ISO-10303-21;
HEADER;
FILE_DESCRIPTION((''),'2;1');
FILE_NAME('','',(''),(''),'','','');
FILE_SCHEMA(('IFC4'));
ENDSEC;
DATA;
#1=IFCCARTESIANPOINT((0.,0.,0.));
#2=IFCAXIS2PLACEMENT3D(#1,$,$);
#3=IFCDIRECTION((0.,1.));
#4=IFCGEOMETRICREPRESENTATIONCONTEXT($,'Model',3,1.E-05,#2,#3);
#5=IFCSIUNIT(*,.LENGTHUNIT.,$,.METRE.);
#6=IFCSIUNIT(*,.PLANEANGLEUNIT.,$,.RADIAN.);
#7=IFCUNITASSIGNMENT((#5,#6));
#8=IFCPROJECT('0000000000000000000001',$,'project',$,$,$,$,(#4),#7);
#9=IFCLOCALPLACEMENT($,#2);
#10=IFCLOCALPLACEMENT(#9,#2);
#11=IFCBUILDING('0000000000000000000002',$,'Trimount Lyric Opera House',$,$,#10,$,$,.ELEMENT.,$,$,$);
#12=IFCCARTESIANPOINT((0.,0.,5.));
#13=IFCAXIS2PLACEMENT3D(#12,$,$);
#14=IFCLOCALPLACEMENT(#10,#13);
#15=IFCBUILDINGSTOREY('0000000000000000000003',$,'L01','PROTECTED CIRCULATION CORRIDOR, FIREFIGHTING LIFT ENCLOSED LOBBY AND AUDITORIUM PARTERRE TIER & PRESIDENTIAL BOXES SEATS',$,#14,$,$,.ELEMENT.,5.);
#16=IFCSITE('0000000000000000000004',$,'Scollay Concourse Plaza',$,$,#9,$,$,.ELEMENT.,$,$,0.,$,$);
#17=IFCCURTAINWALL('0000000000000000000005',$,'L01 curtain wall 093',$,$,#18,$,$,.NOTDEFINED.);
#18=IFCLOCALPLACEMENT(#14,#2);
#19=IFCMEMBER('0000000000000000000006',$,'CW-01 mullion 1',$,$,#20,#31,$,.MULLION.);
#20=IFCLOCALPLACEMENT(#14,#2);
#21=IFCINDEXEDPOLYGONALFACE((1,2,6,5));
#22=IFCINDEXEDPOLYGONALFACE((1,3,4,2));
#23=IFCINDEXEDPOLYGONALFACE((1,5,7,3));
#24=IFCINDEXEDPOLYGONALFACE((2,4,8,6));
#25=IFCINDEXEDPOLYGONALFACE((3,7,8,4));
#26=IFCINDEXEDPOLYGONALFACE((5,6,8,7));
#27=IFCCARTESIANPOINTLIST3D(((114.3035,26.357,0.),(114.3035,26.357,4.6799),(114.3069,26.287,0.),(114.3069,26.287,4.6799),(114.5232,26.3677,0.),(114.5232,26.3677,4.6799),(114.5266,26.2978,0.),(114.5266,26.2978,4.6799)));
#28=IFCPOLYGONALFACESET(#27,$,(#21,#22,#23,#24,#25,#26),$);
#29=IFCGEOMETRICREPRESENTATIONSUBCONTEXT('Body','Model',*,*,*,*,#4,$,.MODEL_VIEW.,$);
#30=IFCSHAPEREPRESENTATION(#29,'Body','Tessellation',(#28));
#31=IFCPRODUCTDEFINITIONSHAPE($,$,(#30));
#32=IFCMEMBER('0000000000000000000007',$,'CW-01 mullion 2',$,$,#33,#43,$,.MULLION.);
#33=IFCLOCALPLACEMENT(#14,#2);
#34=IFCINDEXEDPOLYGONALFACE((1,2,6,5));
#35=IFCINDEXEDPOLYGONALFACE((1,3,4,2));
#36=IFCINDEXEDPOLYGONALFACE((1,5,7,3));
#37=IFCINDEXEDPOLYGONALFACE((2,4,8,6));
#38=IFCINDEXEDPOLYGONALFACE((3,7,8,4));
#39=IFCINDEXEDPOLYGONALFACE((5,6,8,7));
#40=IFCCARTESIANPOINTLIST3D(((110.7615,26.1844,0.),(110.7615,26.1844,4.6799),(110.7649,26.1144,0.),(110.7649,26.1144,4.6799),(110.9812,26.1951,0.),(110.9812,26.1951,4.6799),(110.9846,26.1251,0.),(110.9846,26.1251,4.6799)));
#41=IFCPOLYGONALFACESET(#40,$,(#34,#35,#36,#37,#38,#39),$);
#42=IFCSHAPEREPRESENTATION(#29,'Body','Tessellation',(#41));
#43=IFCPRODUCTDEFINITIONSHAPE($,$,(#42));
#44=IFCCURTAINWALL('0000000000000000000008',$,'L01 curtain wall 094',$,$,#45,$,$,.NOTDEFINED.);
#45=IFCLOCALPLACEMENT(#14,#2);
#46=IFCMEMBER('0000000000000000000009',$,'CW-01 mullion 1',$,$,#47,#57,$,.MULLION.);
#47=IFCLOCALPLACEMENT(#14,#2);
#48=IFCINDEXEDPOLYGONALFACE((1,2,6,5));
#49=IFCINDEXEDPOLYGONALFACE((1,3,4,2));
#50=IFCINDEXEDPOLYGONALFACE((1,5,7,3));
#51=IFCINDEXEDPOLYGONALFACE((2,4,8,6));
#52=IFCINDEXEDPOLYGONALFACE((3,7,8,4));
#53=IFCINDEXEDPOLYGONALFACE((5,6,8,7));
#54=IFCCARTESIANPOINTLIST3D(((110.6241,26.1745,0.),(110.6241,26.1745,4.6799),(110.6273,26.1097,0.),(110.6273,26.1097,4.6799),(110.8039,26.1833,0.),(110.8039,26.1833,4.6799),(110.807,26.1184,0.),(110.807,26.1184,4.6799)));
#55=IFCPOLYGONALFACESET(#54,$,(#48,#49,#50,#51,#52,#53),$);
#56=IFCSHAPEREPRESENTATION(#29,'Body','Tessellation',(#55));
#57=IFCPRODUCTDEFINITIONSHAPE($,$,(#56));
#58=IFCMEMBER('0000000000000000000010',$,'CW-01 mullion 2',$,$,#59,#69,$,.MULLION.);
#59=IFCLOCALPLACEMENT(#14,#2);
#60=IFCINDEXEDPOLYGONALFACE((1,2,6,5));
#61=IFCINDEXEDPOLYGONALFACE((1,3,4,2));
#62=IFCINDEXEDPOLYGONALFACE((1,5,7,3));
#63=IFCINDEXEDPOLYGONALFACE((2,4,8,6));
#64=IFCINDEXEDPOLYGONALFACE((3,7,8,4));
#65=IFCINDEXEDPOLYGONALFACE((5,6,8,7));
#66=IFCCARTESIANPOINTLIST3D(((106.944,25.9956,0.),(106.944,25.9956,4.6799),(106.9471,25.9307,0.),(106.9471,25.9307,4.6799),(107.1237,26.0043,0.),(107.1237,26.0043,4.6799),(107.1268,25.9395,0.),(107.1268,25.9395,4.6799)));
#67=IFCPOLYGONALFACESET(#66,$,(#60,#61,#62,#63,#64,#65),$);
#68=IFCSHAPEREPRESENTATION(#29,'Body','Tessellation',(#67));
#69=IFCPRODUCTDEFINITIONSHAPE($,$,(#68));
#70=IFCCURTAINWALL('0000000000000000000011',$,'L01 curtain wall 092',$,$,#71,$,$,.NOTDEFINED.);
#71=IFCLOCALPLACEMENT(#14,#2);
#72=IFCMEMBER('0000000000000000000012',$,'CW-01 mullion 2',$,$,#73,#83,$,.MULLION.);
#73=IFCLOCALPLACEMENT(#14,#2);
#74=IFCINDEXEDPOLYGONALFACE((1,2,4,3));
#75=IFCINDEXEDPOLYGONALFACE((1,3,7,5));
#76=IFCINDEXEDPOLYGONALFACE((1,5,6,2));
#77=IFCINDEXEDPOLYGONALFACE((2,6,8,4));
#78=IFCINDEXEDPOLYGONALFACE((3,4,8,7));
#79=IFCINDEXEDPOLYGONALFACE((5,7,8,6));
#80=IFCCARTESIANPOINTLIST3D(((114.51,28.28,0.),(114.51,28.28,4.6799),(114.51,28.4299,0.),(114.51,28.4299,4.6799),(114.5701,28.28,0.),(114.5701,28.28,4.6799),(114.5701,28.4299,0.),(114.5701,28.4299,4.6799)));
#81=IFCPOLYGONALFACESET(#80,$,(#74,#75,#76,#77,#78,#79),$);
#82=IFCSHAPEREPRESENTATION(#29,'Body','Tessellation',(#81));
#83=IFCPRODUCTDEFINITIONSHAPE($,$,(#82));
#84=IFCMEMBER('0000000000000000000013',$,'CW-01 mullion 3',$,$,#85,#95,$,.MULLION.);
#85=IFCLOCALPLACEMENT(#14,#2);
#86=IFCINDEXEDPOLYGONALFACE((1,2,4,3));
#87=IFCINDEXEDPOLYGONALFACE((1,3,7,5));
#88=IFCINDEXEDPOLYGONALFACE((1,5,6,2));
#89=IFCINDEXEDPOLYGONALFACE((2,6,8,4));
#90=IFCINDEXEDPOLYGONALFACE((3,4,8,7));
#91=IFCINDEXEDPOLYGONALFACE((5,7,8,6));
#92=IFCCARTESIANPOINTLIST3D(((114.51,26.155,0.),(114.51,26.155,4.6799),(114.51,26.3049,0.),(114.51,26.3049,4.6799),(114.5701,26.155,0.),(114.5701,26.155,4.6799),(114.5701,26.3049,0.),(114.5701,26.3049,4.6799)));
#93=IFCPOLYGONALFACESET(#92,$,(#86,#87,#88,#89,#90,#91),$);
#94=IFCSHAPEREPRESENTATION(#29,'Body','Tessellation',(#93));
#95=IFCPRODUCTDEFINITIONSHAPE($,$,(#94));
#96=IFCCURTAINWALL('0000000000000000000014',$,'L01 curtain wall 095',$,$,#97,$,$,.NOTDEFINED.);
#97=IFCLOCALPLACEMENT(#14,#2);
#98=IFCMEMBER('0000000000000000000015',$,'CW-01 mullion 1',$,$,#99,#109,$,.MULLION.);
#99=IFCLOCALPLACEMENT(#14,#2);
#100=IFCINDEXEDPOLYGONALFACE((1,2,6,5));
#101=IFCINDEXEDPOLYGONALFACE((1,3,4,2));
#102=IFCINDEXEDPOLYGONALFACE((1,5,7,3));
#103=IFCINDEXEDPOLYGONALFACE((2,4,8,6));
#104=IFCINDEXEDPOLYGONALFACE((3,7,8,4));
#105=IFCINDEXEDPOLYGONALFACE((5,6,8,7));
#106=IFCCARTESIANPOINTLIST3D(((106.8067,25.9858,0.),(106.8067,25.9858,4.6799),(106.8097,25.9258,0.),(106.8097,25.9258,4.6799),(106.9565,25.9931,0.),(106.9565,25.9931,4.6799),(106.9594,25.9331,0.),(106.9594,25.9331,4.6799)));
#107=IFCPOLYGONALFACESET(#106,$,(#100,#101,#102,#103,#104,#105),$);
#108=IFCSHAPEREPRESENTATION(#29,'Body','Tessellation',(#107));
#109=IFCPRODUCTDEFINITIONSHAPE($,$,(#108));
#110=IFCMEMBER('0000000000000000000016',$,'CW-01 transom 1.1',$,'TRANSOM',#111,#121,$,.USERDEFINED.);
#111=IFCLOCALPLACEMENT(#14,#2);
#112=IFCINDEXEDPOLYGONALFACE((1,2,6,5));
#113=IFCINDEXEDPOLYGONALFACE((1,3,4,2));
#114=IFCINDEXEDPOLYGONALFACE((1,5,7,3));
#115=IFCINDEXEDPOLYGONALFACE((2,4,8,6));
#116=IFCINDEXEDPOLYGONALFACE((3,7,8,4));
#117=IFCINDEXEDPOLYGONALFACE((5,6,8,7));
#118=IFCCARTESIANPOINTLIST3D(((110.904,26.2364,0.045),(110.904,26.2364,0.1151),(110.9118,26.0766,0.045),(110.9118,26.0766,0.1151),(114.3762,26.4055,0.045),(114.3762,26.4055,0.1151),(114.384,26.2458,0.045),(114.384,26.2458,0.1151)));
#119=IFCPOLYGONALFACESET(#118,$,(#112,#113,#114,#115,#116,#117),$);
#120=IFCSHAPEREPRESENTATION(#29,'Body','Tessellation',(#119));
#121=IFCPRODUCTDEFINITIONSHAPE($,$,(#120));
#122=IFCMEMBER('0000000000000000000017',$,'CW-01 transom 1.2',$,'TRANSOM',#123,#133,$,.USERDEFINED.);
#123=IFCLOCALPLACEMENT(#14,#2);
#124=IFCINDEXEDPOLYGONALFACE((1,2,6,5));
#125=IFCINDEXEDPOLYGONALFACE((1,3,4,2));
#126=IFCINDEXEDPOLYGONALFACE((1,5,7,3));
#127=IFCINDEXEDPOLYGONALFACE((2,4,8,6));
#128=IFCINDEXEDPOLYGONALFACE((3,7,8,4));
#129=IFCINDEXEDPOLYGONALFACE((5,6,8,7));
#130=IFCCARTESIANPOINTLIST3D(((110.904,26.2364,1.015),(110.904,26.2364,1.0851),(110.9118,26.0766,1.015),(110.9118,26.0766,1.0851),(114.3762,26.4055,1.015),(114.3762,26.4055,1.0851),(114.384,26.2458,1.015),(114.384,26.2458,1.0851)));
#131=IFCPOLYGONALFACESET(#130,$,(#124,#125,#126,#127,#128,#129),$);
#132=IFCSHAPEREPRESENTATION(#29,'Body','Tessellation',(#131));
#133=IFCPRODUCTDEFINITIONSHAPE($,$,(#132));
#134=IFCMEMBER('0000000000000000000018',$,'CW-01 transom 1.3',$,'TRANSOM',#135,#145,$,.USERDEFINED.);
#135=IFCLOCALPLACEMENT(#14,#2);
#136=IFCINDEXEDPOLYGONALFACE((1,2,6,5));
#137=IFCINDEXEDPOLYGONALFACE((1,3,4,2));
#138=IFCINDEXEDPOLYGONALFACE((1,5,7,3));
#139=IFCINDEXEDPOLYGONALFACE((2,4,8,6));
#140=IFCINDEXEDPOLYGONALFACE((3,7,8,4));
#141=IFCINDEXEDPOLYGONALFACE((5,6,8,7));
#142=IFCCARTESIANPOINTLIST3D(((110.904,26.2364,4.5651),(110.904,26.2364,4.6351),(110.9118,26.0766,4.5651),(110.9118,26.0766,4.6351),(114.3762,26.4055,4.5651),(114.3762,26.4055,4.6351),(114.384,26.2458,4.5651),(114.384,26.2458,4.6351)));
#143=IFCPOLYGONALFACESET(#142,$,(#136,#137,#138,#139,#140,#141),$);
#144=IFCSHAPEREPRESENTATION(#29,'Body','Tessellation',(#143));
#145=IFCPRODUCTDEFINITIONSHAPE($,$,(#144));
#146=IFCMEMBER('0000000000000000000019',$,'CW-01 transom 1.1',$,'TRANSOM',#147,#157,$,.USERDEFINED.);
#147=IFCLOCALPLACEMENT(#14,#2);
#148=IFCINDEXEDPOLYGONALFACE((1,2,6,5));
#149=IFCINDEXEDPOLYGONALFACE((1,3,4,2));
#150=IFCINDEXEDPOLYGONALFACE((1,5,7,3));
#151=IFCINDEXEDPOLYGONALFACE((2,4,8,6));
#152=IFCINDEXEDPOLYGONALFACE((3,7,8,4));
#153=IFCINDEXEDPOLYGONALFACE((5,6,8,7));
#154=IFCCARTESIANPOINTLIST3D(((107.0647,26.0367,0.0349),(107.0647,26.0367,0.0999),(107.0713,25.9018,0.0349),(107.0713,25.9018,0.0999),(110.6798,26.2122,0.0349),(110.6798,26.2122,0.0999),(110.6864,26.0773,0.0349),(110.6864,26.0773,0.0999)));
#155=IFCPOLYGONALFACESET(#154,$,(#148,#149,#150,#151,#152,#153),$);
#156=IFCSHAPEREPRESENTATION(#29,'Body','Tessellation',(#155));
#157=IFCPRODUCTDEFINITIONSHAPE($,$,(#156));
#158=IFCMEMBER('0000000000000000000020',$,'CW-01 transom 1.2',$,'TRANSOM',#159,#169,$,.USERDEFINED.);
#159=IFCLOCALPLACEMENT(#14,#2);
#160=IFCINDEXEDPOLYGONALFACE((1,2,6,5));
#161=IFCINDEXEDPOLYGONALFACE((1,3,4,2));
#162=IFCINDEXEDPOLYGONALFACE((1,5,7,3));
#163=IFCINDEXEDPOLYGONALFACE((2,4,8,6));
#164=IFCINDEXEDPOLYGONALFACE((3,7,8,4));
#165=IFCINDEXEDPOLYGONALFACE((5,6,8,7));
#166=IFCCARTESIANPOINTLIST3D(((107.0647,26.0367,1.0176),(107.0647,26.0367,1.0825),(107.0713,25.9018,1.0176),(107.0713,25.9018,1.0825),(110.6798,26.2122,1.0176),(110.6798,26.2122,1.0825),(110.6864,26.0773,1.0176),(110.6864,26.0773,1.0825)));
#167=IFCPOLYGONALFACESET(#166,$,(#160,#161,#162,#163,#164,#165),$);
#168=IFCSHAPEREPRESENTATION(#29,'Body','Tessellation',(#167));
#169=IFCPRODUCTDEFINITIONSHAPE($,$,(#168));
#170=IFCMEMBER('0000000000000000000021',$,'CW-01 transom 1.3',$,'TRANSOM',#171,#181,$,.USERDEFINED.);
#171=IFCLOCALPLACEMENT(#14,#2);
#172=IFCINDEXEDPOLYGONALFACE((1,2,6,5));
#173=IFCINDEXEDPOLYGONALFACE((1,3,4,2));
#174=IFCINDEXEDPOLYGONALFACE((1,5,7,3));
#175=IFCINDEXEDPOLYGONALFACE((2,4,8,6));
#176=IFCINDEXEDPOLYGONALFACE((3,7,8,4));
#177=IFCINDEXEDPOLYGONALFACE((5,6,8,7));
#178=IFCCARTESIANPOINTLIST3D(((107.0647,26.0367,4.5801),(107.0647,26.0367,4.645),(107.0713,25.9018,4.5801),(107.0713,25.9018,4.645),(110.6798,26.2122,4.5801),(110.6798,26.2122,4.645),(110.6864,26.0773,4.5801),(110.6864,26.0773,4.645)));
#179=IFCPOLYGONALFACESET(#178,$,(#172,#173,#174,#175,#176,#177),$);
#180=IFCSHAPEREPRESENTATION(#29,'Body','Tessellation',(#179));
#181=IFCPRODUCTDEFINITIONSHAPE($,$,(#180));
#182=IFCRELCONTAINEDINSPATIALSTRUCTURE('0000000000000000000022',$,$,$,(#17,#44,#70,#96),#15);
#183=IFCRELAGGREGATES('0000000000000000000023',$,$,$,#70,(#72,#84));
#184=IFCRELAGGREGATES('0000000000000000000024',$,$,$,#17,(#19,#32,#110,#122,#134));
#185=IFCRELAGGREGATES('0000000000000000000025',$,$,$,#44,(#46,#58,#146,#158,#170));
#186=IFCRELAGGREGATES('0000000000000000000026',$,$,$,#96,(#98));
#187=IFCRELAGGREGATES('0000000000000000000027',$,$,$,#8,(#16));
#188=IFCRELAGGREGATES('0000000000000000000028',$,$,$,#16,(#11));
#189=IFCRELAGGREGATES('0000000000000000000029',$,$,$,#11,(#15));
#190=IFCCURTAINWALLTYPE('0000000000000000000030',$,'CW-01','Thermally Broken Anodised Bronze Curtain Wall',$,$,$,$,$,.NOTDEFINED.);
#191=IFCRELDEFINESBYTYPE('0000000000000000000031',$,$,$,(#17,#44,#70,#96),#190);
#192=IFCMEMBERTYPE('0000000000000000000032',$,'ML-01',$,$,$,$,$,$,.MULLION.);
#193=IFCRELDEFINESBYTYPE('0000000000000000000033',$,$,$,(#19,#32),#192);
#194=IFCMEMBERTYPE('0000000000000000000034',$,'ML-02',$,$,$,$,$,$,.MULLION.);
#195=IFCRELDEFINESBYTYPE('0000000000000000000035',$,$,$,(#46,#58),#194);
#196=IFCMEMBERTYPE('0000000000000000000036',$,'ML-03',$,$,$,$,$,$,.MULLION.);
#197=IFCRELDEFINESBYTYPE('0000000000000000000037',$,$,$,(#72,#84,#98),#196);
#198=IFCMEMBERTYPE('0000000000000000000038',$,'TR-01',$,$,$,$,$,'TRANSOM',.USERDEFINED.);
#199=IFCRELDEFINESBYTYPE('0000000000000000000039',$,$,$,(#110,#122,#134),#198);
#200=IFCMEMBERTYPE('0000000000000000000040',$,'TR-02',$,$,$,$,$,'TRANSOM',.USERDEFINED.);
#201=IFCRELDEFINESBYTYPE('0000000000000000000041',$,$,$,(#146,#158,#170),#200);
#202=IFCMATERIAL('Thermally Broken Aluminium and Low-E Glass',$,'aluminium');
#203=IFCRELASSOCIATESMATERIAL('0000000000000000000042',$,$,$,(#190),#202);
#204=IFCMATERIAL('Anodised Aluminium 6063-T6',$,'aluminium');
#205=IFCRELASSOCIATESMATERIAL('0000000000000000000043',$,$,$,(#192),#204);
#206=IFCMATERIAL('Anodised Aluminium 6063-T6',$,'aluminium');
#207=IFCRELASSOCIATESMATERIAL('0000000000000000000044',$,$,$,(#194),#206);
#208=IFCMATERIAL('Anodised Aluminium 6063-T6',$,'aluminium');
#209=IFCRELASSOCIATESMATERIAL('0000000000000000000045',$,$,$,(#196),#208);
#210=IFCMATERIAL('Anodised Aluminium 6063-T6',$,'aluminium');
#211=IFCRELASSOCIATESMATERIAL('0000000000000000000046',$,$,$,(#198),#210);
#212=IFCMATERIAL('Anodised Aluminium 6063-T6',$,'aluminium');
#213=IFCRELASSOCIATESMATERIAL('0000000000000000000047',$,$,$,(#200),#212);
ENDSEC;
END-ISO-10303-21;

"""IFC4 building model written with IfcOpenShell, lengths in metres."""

from ifc_helpers import new_model, si_unit, direction, frame, origin, origin_2d, place, context, subcontext, project, spatial, rectangle, extrude, material, material_profile, profile_set, type_object, element, aggregate, save


model = new_model("IFC4")

# Units and contexts
model_context = context("Model", 3, precision=1e-05, world=origin(), true_north=direction((0.0, 1.0)))
body_context = subcontext(model_context, "Body", "Model", "MODEL_VIEW")
ifc_project = project(units=[si_unit("LENGTHUNIT", "METRE"), si_unit("PLANEANGLEUNIT", "RADIAN")], contexts=[model_context])

# Site, building, storey
site_placement = place(None, origin())
site = spatial("IfcSite", under=ifc_project, at=site_placement, Name="Scollay Concourse Plaza", CompositionType="ELEMENT", RefElevation=0.0)
building_placement = place(site_placement, origin())
building = spatial("IfcBuilding", under=site, at=building_placement, Name="Trimount Lyric Opera House", CompositionType="ELEMENT")
storey_placement = place(building_placement, frame((0.0, 0.0, 5.0)))
storey = spatial("IfcBuildingStorey", under=building, at=storey_placement, Name="L01", Description="PROTECTED CIRCULATION CORRIDOR, FIREFIGHTING LIFT ENCLOSED LOBBY AND AUDITORIUM PARTERRE TIER & PRESIDENTIAL BOXES SEATS", CompositionType="ELEMENT", Elevation=5.0)

# Curtain walls, members
ifc_material_1 = material(Name="Thermally Broken Aluminium and Low-E Glass", Category="aluminium")
curtain_wall_type = type_object("IfcCurtainWallType", Name="CW-01", Description="Thermally Broken Anodised Bronze Curtain Wall", PredefinedType="NOTDEFINED", material=ifc_material_1)
curtain_wall_1_placement = place(storey_placement, origin())
curtain_wall_1 = element("IfcCurtainWall", 1, at=curtain_wall_1_placement, inside=storey, type_object=curtain_wall_type, Name="L01 curtain wall 093", PredefinedType="NOTDEFINED")
ifc_material_2 = material(Name="Anodised Aluminium 6063-T6", Category="aluminium")
ifc_material_profile_1 = material_profile(ifc_material_2, rectangle(XDim=0.0701, YDim=0.22, at=origin_2d()), Name="ALU-MULL-70X220")
ifc_profile_set_1 = profile_set([ifc_material_profile_1], Name="Anodised Aluminium 6063-T6")
member_type_1 = type_object("IfcMemberType", Name="ML-01", PredefinedType="MULLION", material=ifc_profile_set_1)
member_1_placement = place(storey_placement, frame((114.415, 26.3274, 0.0), z_axis=(0.0, 0.0, 1.0), x_axis=(0.048669, -0.998815, 0.0)))
member_1 = element("IfcMember", 2, at=member_1_placement, type_object=member_type_1, Name="CW-01 mullion 1", PredefinedType="MULLION", context=body_context, shape_type="SweptSolid", body=[
    extrude(rectangle(XDim=0.0701, YDim=0.22, at=origin_2d()), origin(), (0.0, 0.0, 1.0), 4.6799),
])
member_2_placement = place(storey_placement, frame((110.873, 26.1548, 0.0), z_axis=(0.0, 0.0, 1.0), x_axis=(0.048669, -0.998815, 0.0)))
member_2 = element("IfcMember", 3, at=member_2_placement, type_object=member_type_1, Name="CW-01 mullion 2", PredefinedType="MULLION", context=body_context, shape_type="SweptSolid", body=[
    extrude(rectangle(XDim=0.0701, YDim=0.22, at=origin_2d()), origin(), (0.0, 0.0, 1.0), 4.6799),
])
curtain_wall_2_placement = place(storey_placement, origin())
curtain_wall_2 = element("IfcCurtainWall", 4, at=curtain_wall_2_placement, inside=storey, type_object=curtain_wall_type, Name="L01 curtain wall 094", PredefinedType="NOTDEFINED")
ifc_material_3 = material(Name="Anodised Aluminium 6063-T6", Category="aluminium")
ifc_material_profile_2 = material_profile(ifc_material_3, rectangle(XDim=0.0649, YDim=0.1799, at=origin_2d()), Name="ALU-MULL-65X180")
ifc_profile_set_2 = profile_set([ifc_material_profile_2], Name="Anodised Aluminium 6063-T6")
member_type_2 = type_object("IfcMemberType", Name="ML-02", PredefinedType="MULLION", material=ifc_profile_set_2)
member_3_placement = place(storey_placement, frame((110.7156, 26.1465, 0.0), z_axis=(0.0, 0.0, 1.0), x_axis=(0.048541, -0.998821, 0.0)))
member_3 = element("IfcMember", 5, at=member_3_placement, type_object=member_type_2, Name="CW-01 mullion 1", PredefinedType="MULLION", context=body_context, shape_type="SweptSolid", body=[
    extrude(rectangle(XDim=0.0649, YDim=0.1799, at=origin_2d()), origin(), (0.0, 0.0, 1.0), 4.6799),
])
member_4_placement = place(storey_placement, frame((107.0354, 25.9675, 0.0), z_axis=(0.0, 0.0, 1.0), x_axis=(0.048541, -0.998821, 0.0)))
member_4 = element("IfcMember", 6, at=member_4_placement, type_object=member_type_2, Name="CW-01 mullion 2", PredefinedType="MULLION", context=body_context, shape_type="SweptSolid", body=[
    extrude(rectangle(XDim=0.0649, YDim=0.1799, at=origin_2d()), origin(), (0.0, 0.0, 1.0), 4.6799),
])
curtain_wall_3_placement = place(storey_placement, origin())
curtain_wall_3 = element("IfcCurtainWall", 7, at=curtain_wall_3_placement, inside=storey, type_object=curtain_wall_type, Name="L01 curtain wall 092", PredefinedType="NOTDEFINED")
ifc_material_4 = material(Name="Anodised Aluminium 6063-T6", Category="aluminium")
ifc_material_profile_3 = material_profile(ifc_material_4, rectangle(XDim=0.0601, YDim=0.1499, at=origin_2d()), Name="ALU-MULL-60X150")
ifc_profile_set_3 = profile_set([ifc_material_profile_3], Name="Anodised Aluminium 6063-T6")
member_type_3 = type_object("IfcMemberType", Name="ML-03", PredefinedType="MULLION", material=ifc_profile_set_3)
member_5_placement = place(storey_placement, frame((114.54, 28.355, 0.0), z_axis=(0.0, 0.0, 1.0), x_axis=(1.0, 0.0, 0.0)))
member_5 = element("IfcMember", 8, at=member_5_placement, type_object=member_type_3, Name="CW-01 mullion 2", PredefinedType="MULLION", context=body_context, shape_type="SweptSolid", body=[
    extrude(rectangle(XDim=0.0601, YDim=0.1499, at=origin_2d()), origin(), (0.0, 0.0, 1.0), 4.6799),
])
member_6_placement = place(storey_placement, frame((114.54, 26.23, 0.0), z_axis=(0.0, 0.0, 1.0), x_axis=(1.0, 0.0, 0.0)))
member_6 = element("IfcMember", 9, at=member_6_placement, type_object=member_type_3, Name="CW-01 mullion 3", PredefinedType="MULLION", context=body_context, shape_type="SweptSolid", body=[
    extrude(rectangle(XDim=0.0601, YDim=0.1499, at=origin_2d()), origin(), (0.0, 0.0, 1.0), 4.6799),
])

# Curtain wall, member
curtain_wall_4_placement = place(storey_placement, origin())
curtain_wall_4 = element("IfcCurtainWall", 10, at=curtain_wall_4_placement, inside=storey, type_object=curtain_wall_type, Name="L01 curtain wall 095", PredefinedType="NOTDEFINED")
member_7_placement = place(storey_placement, frame((106.8831, 25.9595, 0.0), z_axis=(0.0, 0.0, 1.0), x_axis=(0.048807, -0.998808, 0.0)))
member_7 = element("IfcMember", 11, at=member_7_placement, type_object=member_type_3, Name="CW-01 mullion 1", PredefinedType="MULLION", context=body_context, shape_type="SweptSolid", body=[
    extrude(rectangle(XDim=0.0601, YDim=0.1499, at=origin_2d()), origin(), (0.0, 0.0, 1.0), 4.6799),
])

# Members
ifc_material_5 = material(Name="Anodised Aluminium 6063-T6", Category="aluminium")
ifc_material_profile_4 = material_profile(ifc_material_5, rectangle(XDim=0.1599, YDim=0.0701, at=origin_2d()), Name="ALU-TRAN-70X160")
ifc_profile_set_4 = profile_set([ifc_material_profile_4], Name="Anodised Aluminium 6063-T6")
member_type_4 = type_object("IfcMemberType", Name="TR-01", ElementType="TRANSOM", PredefinedType="USERDEFINED", material=ifc_profile_set_4)
member_8_placement = place(storey_placement, frame((114.3801, 26.3257, 0.0801), z_axis=(-0.998815, -0.04867, 0.0), x_axis=(0.04867, -0.998815, 0.0)))
member_8 = element("IfcMember", 12, at=member_8_placement, type_object=member_type_4, Name="CW-01 transom 1.1", ObjectType="TRANSOM", PredefinedType="USERDEFINED", context=body_context, shape_type="SweptSolid", body=[
    extrude(rectangle(XDim=0.1599, YDim=0.0701, at=origin_2d()), origin(), (0.0, 0.0, 1.0), 3.4763),
])
member_9_placement = place(storey_placement, frame((114.3801, 26.3257, 1.05), z_axis=(-0.998815, -0.04867, 0.0), x_axis=(0.04867, -0.998815, 0.0)))
member_9 = element("IfcMember", 13, at=member_9_placement, type_object=member_type_4, Name="CW-01 transom 1.2", ObjectType="TRANSOM", PredefinedType="USERDEFINED", context=body_context, shape_type="SweptSolid", body=[
    extrude(rectangle(XDim=0.1599, YDim=0.0701, at=origin_2d()), origin(), (0.0, 0.0, 1.0), 3.4763),
])
member_10_placement = place(storey_placement, frame((114.3801, 26.3257, 4.6001), z_axis=(-0.998815, -0.04867, 0.0), x_axis=(0.04867, -0.998815, 0.0)))
member_10 = element("IfcMember", 14, at=member_10_placement, type_object=member_type_4, Name="CW-01 transom 1.3", ObjectType="TRANSOM", PredefinedType="USERDEFINED", context=body_context, shape_type="SweptSolid", body=[
    extrude(rectangle(XDim=0.1599, YDim=0.0701, at=origin_2d()), origin(), (0.0, 0.0, 1.0), 3.4763),
])
ifc_material_6 = material(Name="Anodised Aluminium 6063-T6", Category="aluminium")
ifc_material_profile_5 = material_profile(ifc_material_6, rectangle(XDim=0.135, YDim=0.0649, at=origin_2d()), Name="ALU-TRAN-65X135")
ifc_profile_set_5 = profile_set([ifc_material_profile_5], Name="Anodised Aluminium 6063-T6")
member_type_5 = type_object("IfcMemberType", Name="TR-02", ElementType="TRANSOM", PredefinedType="USERDEFINED", material=ifc_profile_set_5)
member_11_placement = place(storey_placement, frame((110.6831, 26.1448, 0.0674), z_axis=(-0.998823, -0.048498, 0.0), x_axis=(0.048498, -0.998823, 0.0)))
member_11 = element("IfcMember", 15, at=member_11_placement, type_object=member_type_5, Name="CW-01 transom 1.1", ObjectType="TRANSOM", PredefinedType="USERDEFINED", context=body_context, shape_type="SweptSolid", body=[
    extrude(rectangle(XDim=0.135, YDim=0.0649, at=origin_2d()), origin(), (0.0, 0.0, 1.0), 3.6194),
])
member_12_placement = place(storey_placement, frame((110.6831, 26.1448, 1.05), z_axis=(-0.998823, -0.048498, 0.0), x_axis=(0.048498, -0.998823, 0.0)))
member_12 = element("IfcMember", 16, at=member_12_placement, type_object=member_type_5, Name="CW-01 transom 1.2", ObjectType="TRANSOM", PredefinedType="USERDEFINED", context=body_context, shape_type="SweptSolid", body=[
    extrude(rectangle(XDim=0.135, YDim=0.0649, at=origin_2d()), origin(), (0.0, 0.0, 1.0), 3.6194),
])
member_13_placement = place(storey_placement, frame((110.6831, 26.1448, 4.6125), z_axis=(-0.998823, -0.048498, 0.0), x_axis=(0.048498, -0.998823, 0.0)))
member_13 = element("IfcMember", 17, at=member_13_placement, type_object=member_type_5, Name="CW-01 transom 1.3", ObjectType="TRANSOM", PredefinedType="USERDEFINED", context=body_context, shape_type="SweptSolid", body=[
    extrude(rectangle(XDim=0.135, YDim=0.0649, at=origin_2d()), origin(), (0.0, 0.0, 1.0), 3.6194),
])

aggregate(curtain_wall_3, [member_5, member_6])
aggregate(curtain_wall_1, [member_1, member_2, member_8, member_9, member_10])
aggregate(curtain_wall_2, [member_3, member_4, member_11, member_12, member_13])
aggregate(curtain_wall_4, [member_7])

save(model, "model.ifc")
